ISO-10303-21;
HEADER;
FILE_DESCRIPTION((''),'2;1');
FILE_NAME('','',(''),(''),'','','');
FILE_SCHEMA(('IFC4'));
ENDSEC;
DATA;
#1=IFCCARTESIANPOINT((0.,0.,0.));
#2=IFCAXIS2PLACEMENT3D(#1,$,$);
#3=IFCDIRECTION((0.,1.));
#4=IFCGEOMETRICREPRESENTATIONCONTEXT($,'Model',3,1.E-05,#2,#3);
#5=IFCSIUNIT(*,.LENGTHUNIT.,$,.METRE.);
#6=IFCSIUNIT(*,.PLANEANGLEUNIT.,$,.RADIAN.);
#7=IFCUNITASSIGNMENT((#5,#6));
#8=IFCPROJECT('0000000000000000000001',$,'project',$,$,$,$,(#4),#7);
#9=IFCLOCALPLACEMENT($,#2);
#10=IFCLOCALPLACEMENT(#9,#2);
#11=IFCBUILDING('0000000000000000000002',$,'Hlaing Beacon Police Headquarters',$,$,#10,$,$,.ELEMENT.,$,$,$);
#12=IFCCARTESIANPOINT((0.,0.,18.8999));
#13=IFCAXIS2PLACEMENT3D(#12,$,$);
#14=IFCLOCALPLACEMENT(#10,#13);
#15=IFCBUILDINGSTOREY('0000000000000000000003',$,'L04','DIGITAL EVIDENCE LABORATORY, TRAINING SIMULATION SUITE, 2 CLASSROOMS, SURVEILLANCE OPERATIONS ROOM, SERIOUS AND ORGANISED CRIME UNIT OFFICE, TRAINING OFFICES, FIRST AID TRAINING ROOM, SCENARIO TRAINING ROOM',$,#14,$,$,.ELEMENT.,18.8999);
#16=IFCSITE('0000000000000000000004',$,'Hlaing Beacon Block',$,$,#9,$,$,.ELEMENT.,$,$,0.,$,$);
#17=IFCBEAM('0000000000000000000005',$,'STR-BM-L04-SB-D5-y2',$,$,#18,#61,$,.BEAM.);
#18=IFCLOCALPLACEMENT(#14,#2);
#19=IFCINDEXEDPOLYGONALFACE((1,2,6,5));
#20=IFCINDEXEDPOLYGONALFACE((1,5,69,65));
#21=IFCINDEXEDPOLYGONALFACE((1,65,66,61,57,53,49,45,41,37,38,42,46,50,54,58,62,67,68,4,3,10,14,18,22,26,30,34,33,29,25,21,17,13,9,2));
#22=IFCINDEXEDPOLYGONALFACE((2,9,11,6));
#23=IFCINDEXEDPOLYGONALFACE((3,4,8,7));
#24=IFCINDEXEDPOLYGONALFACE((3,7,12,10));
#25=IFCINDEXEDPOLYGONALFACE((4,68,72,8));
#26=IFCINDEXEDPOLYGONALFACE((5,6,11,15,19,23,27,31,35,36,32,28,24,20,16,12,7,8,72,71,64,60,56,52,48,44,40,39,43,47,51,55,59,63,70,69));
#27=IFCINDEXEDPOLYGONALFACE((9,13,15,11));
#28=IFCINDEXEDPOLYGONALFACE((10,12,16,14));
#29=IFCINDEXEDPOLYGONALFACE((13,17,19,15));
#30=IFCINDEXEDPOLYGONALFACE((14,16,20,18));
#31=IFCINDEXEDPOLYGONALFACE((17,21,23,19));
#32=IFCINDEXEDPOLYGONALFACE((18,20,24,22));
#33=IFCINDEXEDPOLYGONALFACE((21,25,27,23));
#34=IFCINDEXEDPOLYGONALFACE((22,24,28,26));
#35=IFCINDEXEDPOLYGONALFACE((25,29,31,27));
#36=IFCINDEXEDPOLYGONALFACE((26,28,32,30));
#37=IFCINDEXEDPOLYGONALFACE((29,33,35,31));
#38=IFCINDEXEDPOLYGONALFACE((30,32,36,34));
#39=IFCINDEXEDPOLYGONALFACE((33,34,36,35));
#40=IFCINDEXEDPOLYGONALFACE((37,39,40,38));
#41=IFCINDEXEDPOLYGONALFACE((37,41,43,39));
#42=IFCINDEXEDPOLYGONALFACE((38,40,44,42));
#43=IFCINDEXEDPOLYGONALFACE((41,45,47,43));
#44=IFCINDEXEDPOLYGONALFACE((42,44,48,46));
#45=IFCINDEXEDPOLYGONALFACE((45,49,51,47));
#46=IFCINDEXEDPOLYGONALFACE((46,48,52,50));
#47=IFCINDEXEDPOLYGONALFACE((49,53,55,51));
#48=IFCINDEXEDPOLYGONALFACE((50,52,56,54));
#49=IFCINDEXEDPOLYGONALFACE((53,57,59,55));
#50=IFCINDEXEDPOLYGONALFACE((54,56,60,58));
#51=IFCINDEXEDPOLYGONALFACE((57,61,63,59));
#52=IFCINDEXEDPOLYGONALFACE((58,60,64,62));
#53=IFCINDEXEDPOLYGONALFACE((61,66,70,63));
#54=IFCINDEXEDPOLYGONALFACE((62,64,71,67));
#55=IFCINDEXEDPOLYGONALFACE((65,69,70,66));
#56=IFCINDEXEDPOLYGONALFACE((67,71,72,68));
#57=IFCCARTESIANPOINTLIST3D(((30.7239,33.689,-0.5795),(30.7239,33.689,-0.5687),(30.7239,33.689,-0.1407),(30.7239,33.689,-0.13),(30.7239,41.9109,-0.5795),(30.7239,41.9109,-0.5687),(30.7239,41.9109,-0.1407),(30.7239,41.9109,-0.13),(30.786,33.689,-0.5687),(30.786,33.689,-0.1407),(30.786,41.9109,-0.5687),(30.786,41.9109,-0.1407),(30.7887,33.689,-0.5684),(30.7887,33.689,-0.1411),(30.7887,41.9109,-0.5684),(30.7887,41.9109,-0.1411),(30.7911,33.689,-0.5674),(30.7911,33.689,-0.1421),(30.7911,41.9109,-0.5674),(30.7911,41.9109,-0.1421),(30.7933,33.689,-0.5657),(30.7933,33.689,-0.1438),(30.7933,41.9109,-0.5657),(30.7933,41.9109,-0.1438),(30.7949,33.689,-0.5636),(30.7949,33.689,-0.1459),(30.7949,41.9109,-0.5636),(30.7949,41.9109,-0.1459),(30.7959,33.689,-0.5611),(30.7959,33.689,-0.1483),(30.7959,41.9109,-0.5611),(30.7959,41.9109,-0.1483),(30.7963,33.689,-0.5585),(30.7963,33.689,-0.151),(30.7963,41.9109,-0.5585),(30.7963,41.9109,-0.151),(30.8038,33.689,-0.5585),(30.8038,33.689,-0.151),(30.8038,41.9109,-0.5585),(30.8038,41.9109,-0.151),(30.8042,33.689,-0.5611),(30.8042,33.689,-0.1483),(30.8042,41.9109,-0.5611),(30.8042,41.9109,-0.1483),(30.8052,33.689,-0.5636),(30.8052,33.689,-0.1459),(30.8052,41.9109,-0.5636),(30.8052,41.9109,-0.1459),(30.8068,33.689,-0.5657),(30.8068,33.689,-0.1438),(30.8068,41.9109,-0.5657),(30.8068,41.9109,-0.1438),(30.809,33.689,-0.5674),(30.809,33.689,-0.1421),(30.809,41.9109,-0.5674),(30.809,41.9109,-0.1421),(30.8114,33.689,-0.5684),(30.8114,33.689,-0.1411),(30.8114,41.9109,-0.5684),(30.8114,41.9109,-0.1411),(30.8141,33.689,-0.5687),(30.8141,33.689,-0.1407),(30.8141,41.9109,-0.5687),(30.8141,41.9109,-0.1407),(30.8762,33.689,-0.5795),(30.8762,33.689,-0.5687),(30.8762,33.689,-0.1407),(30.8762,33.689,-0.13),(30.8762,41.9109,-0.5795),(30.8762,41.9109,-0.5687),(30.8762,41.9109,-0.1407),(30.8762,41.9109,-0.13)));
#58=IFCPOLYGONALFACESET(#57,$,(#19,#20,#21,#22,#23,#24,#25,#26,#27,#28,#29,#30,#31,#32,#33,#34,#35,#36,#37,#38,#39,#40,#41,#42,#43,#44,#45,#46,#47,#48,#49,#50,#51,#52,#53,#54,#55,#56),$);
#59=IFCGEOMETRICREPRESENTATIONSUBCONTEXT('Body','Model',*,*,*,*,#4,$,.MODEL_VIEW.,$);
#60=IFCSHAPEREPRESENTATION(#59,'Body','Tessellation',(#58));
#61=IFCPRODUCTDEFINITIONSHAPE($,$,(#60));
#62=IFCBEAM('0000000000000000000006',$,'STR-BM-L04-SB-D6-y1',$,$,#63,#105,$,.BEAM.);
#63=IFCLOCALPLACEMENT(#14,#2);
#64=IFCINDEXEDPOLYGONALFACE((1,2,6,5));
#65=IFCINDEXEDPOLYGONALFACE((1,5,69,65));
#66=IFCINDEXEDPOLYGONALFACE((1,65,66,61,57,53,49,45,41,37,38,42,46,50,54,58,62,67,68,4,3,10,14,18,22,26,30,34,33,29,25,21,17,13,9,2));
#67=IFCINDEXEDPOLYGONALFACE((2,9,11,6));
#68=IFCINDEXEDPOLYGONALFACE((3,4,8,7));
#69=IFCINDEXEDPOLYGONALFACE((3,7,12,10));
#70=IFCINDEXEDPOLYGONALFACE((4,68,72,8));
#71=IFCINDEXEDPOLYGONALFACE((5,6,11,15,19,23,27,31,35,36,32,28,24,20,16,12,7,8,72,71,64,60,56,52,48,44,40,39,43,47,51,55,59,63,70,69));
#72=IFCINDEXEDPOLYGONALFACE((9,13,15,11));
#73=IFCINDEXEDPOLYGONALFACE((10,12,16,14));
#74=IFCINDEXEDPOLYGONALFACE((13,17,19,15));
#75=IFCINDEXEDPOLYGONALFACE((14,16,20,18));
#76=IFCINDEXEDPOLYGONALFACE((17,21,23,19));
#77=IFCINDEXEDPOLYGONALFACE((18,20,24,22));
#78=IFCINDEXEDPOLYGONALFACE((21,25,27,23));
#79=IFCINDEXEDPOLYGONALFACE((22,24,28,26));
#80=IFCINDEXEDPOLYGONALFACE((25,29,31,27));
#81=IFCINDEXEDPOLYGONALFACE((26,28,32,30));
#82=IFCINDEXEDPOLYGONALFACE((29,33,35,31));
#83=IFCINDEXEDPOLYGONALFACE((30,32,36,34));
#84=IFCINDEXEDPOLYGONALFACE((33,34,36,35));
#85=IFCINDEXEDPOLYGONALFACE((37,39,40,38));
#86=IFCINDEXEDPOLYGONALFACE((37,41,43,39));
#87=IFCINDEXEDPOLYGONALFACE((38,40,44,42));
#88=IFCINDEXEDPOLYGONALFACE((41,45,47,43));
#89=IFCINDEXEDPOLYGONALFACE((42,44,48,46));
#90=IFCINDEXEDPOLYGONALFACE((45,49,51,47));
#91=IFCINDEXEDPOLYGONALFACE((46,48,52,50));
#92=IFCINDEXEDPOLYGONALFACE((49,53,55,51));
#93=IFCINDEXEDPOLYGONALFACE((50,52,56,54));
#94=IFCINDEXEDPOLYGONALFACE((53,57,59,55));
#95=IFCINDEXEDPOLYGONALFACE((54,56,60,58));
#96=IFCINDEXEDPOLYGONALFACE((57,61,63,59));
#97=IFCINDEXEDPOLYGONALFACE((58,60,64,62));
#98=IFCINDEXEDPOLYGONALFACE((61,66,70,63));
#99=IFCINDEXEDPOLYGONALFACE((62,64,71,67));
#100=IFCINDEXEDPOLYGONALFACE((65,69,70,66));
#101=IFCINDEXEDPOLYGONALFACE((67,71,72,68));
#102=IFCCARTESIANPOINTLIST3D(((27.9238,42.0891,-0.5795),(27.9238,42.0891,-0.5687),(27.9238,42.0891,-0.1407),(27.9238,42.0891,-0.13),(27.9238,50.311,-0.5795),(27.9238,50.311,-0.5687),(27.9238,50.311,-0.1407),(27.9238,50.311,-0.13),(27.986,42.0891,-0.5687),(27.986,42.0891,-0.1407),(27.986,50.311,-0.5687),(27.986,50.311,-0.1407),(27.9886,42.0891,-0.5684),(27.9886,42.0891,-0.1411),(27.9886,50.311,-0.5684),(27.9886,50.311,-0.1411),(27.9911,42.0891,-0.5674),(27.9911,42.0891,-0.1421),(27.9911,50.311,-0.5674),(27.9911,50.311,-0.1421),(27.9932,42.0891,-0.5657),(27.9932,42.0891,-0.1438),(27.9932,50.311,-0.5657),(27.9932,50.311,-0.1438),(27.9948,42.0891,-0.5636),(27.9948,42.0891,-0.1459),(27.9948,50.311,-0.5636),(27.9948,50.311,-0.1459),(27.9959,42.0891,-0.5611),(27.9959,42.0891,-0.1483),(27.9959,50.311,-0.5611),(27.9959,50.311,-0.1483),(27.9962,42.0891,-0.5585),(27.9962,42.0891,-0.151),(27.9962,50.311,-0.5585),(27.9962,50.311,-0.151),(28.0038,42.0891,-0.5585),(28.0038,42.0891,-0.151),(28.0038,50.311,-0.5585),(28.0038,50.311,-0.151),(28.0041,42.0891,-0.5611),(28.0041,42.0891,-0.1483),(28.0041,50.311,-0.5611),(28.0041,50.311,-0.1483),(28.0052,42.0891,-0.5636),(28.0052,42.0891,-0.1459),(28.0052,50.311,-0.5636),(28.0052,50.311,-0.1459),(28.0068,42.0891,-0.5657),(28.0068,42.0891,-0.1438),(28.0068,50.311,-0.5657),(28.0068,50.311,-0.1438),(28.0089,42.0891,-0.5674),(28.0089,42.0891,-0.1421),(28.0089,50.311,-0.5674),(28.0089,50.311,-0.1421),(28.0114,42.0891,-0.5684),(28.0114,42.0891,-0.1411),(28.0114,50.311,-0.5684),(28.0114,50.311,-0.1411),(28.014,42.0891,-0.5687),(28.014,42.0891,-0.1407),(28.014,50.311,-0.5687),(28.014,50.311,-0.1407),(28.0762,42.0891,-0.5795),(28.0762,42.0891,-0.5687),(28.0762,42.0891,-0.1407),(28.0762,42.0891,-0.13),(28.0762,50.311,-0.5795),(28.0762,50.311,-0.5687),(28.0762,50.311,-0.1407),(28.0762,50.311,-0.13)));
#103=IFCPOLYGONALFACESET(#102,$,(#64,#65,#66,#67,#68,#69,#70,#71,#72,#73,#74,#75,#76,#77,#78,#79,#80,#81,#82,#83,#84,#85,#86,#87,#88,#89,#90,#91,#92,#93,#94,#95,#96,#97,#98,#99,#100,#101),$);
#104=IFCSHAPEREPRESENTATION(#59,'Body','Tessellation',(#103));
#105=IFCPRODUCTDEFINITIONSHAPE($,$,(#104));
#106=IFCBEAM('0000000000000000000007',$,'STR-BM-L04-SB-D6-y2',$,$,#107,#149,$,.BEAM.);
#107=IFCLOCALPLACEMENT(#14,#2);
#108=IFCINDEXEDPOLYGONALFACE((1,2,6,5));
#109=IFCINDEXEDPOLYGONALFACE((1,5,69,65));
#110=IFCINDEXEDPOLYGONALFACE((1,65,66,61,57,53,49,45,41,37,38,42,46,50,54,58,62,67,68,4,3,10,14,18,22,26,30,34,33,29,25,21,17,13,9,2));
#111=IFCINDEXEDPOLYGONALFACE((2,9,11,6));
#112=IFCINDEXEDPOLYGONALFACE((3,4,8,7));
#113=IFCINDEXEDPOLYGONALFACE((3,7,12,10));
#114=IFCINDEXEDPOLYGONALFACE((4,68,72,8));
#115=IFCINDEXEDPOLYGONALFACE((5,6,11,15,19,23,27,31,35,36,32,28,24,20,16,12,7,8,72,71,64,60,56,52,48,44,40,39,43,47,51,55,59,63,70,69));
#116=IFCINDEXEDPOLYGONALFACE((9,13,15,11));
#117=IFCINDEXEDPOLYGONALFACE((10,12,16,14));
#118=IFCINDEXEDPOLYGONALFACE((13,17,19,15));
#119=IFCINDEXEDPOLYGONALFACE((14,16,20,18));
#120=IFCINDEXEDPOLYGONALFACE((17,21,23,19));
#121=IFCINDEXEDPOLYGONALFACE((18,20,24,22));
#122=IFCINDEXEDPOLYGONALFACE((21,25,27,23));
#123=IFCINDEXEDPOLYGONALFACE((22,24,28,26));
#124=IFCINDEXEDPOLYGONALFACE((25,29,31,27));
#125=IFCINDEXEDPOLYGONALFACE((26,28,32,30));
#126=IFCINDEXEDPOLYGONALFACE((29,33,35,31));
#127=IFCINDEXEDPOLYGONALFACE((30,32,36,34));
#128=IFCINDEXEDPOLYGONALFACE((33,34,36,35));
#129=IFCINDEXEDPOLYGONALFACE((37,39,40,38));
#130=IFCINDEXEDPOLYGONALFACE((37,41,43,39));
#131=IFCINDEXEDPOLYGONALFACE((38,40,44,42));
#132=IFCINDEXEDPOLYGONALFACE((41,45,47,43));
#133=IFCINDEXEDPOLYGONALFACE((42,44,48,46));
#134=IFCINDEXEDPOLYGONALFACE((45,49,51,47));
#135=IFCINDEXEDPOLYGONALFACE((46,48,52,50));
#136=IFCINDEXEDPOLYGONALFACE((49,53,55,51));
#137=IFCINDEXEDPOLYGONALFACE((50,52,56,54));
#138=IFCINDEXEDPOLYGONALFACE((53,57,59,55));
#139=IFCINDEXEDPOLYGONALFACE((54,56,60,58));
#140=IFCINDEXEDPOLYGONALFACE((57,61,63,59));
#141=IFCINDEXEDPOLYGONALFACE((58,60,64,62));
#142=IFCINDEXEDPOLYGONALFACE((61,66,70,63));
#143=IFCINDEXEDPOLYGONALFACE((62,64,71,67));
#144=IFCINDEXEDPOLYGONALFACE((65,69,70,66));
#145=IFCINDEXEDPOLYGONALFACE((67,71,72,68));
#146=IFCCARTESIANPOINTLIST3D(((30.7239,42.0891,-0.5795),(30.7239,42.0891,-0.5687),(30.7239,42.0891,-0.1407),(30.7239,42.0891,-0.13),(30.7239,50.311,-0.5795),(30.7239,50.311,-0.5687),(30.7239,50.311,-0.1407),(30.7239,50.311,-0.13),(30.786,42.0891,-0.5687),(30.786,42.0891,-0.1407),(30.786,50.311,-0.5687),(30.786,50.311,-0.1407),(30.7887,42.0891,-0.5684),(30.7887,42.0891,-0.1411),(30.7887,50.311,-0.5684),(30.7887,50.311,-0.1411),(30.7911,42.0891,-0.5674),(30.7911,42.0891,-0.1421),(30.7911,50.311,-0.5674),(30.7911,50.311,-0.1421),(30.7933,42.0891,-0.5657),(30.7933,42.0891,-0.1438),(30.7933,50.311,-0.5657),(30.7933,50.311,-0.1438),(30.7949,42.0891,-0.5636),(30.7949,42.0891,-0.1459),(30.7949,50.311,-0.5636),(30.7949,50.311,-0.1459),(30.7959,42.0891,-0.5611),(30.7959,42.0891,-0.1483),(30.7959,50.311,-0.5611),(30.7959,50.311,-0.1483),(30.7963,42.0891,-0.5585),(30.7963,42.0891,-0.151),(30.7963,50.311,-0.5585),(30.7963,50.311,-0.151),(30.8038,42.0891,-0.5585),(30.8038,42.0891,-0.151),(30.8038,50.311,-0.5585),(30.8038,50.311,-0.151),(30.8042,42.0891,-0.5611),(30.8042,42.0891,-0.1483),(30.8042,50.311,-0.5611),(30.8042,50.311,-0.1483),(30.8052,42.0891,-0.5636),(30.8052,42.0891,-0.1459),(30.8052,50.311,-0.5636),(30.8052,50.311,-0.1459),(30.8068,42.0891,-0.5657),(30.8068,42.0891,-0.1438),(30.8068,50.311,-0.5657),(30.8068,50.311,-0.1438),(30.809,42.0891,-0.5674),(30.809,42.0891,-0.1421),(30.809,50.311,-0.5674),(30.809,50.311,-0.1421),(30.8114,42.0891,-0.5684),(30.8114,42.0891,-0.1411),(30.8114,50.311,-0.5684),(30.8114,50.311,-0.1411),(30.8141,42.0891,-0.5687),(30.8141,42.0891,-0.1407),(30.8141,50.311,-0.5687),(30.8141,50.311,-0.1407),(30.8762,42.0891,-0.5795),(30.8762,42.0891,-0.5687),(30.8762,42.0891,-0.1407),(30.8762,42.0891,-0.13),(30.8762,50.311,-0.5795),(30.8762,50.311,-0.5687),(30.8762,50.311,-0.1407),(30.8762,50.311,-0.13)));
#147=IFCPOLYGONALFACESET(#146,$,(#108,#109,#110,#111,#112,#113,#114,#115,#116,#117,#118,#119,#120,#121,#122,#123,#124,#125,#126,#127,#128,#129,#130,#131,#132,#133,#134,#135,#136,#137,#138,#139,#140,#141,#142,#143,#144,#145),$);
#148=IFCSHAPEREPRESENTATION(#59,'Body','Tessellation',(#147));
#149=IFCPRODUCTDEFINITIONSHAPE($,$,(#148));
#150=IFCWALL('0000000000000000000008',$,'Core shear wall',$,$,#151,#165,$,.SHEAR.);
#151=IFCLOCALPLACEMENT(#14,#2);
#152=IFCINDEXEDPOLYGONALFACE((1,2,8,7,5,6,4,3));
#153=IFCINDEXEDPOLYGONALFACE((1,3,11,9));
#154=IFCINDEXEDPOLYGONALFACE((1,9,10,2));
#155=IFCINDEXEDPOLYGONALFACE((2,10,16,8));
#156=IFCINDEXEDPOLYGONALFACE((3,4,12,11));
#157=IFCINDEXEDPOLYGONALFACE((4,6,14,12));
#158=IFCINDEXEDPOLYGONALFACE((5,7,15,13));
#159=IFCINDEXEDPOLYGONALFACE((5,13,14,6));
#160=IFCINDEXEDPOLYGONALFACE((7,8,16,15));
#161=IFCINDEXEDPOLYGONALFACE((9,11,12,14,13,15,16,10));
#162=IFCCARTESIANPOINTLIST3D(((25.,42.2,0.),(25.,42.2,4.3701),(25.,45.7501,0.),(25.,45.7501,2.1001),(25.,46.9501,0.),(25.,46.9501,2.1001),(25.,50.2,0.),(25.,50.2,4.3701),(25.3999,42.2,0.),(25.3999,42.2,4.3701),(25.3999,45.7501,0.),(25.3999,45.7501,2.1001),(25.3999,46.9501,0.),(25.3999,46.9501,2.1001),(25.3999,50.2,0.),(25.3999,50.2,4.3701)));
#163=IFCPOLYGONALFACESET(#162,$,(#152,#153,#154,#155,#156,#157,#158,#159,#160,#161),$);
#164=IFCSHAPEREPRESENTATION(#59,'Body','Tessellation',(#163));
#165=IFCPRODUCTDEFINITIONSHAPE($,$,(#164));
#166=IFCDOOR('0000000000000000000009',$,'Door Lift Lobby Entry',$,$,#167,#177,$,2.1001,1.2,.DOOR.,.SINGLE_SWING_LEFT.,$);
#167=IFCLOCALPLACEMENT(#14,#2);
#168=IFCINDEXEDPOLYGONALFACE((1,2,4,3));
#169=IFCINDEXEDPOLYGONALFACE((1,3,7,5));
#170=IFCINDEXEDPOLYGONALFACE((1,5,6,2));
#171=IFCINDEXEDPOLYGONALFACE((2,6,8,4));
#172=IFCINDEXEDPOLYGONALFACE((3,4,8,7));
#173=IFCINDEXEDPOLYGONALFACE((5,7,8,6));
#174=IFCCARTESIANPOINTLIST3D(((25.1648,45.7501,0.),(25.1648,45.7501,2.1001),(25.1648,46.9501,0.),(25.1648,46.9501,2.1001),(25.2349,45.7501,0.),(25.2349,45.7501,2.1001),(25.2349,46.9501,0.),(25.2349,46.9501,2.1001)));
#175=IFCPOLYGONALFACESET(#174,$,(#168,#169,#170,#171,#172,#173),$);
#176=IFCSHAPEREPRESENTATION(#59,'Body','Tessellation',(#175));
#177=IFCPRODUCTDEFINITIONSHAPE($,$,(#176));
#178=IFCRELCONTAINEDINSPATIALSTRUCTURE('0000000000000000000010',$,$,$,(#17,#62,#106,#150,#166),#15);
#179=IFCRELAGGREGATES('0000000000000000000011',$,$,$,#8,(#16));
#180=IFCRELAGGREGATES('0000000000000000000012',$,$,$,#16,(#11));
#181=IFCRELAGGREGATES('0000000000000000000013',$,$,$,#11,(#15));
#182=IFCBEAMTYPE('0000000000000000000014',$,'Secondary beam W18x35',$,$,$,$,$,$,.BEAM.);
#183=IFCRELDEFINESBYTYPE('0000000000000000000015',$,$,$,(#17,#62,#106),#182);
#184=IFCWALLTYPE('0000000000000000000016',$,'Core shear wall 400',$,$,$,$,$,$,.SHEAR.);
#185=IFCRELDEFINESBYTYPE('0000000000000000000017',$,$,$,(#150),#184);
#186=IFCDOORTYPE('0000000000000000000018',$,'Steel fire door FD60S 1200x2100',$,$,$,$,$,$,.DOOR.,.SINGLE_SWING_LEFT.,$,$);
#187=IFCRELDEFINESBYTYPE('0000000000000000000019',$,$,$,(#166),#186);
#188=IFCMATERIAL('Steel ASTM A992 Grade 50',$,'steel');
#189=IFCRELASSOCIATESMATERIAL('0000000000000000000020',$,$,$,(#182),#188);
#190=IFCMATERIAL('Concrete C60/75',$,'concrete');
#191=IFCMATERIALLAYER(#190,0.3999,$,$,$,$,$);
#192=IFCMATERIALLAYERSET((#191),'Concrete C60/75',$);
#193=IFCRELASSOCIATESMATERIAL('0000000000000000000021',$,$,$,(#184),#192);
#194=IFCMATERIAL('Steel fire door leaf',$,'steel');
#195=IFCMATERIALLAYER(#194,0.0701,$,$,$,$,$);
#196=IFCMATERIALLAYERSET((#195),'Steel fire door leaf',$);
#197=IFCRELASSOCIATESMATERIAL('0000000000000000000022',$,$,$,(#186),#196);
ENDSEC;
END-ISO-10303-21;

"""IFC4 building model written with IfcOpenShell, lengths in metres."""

from ifc_helpers import new_model, si_unit, direction, frame, frame_2d, origin, origin_2d, place, context, subcontext, project, spatial, rectangle, i_section, extrude, material, layer, layer_set, material_profile, profile_set, type_object, element, fill, save


model = new_model("IFC4")

# Units and contexts
model_context = context("Model", 3, precision=1e-05, world=origin(), true_north=direction((0.0, 1.0)))
body_context = subcontext(model_context, "Body", "Model", "MODEL_VIEW")
ifc_project = project(units=[si_unit("LENGTHUNIT", "METRE"), si_unit("PLANEANGLEUNIT", "RADIAN")], contexts=[model_context])

# Site, building, storey
site_placement = place(None, origin())
site = spatial("IfcSite", under=ifc_project, at=site_placement, Name="Hlaing Beacon Block", CompositionType="ELEMENT", RefElevation=0.0)
building_placement = place(site_placement, origin())
building = spatial("IfcBuilding", under=site, at=building_placement, Name="Hlaing Beacon Police Headquarters", CompositionType="ELEMENT")
storey_placement = place(building_placement, frame((0.0, 0.0, 18.8999)))
storey = spatial("IfcBuildingStorey", under=building, at=storey_placement, Name="L04", Description="DIGITAL EVIDENCE LABORATORY, TRAINING SIMULATION SUITE, 2 CLASSROOMS, SURVEILLANCE OPERATIONS ROOM, SERIOUS AND ORGANISED CRIME UNIT OFFICE, TRAINING OFFICES, FIRST AID TRAINING ROOM, SCENARIO TRAINING ROOM", CompositionType="ELEMENT", Elevation=18.8999)

# Beams
ifc_material_1 = material(Name="Steel ASTM A992 Grade 50", Category="steel")
ifc_material_profile_1 = material_profile(ifc_material_1, i_section(OverallWidth=0.1523, OverallDepth=0.4495, WebThickness=0.0076, FlangeThickness=0.0107, FilletRadius=0.0103, at=origin_2d()), Name="W18x35")
ifc_profile_set_1 = profile_set([ifc_material_profile_1], Name="Steel ASTM A992 Grade 50")
beam_type_1 = type_object("IfcBeamType", Name="Secondary beam W18x35", PredefinedType="BEAM", material=ifc_profile_set_1)
for number, where, z_axis, x_axis, name in (
    (1, (30.8, 33.689, -0.3547), (0.0, 1.0, 0.0), (-1.0, 0.0, 0.0), "STR-BM-L04-SB-D5-y2"),
    (2, (28.0, 42.0891, -0.3547), (0.0, 1.0, 0.0), (-1.0, 0.0, 0.0), "STR-BM-L04-SB-D6-y1"),
    (3, (30.8, 42.0891, -0.3547), (0.0, 1.0, 0.0), (-1.0, 0.0, 0.0), "STR-BM-L04-SB-D6-y2"),
):
    element("IfcBeam", number, at=place(storey_placement, frame(where, z_axis=z_axis, x_axis=x_axis)), inside=storey, type_object=beam_type_1, Name=name, PredefinedType="BEAM", context=body_context, shape_type="SweptSolid", body=[
        extrude(i_section(OverallWidth=0.1523, OverallDepth=0.4495, WebThickness=0.0076, FlangeThickness=0.0107, FilletRadius=0.0103, at=origin_2d()), origin(), (0.0, 0.0, 1.0), 8.2219),
    ])

# Wall, opening, door
ifc_material_2 = material(Name="Concrete C60/75", Category="concrete")
ifc_layer_1 = layer(ifc_material_2, 0.3999)
ifc_layer_set_1 = layer_set([ifc_layer_1], Name="Concrete C60/75")
wall_type_1 = type_object("IfcWallType", Name="Core shear wall 400", PredefinedType="SHEAR", material=ifc_layer_set_1)
wall_1_placement = place(storey_placement, frame((25.2, 42.2, 0.0), z_axis=(0.0, 0.0, 1.0), x_axis=(0.0, 1.0, 0.0)))
wall_1 = element("IfcWall", 4, at=wall_1_placement, inside=storey, type_object=wall_type_1, Name="Core shear wall", PredefinedType="SHEAR", context=body_context, shape_type="SweptSolid", body=[
    extrude(rectangle(XDim=8.0, YDim=0.3999, at=frame_2d((4.0, 0.0))), origin(), (0.0, 0.0, 1.0), 4.3701),
])
opening_1_placement = place(wall_1_placement, frame((3.55, 0.0, 0.0)))
opening_1 = element("IfcOpeningElement", 5, at=opening_1_placement, cuts=wall_1, PredefinedType="OPENING", context=body_context, shape_type="SweptSolid", body=[
    extrude(rectangle(XDim=1.2, YDim=2.1001, at=frame_2d((0.6001, 1.05))), frame((0.0, 0.21, 0.0), z_axis=(0.0, -1.0, 0.0), x_axis=(1.0, 0.0, 0.0)), (0.0, 0.0, 1.0), 0.4199),
])
ifc_material_3 = material(Name="Steel fire door leaf", Category="steel")
ifc_layer_2 = layer(ifc_material_3, 0.0701)
ifc_layer_set_2 = layer_set([ifc_layer_2], Name="Steel fire door leaf")
door_type_1 = type_object("IfcDoorType", Name="Steel fire door FD60S 1200x2100", OperationType="SINGLE_SWING_LEFT", PredefinedType="DOOR", material=ifc_layer_set_2)
door_1_placement = place(opening_1_placement, origin())
door_1 = element("IfcDoor", 6, at=door_1_placement, inside=storey, type_object=door_type_1, Name="Door Lift Lobby Entry", OperationType="SINGLE_SWING_LEFT", OverallHeight=2.1001, OverallWidth=1.2, PredefinedType="DOOR", context=body_context, shape_type="SweptSolid", body=[
    extrude(rectangle(XDim=1.2, YDim=2.1001, at=frame_2d((0.6001, 1.05))), frame((0.0, 0.0352, 0.0), z_axis=(0.0, -1.0, 0.0), x_axis=(1.0, 0.0, 0.0)), (0.0, 0.0, 1.0), 0.0701),
])
fill(opening_1, door_1)

save(model, "model.ifc")
